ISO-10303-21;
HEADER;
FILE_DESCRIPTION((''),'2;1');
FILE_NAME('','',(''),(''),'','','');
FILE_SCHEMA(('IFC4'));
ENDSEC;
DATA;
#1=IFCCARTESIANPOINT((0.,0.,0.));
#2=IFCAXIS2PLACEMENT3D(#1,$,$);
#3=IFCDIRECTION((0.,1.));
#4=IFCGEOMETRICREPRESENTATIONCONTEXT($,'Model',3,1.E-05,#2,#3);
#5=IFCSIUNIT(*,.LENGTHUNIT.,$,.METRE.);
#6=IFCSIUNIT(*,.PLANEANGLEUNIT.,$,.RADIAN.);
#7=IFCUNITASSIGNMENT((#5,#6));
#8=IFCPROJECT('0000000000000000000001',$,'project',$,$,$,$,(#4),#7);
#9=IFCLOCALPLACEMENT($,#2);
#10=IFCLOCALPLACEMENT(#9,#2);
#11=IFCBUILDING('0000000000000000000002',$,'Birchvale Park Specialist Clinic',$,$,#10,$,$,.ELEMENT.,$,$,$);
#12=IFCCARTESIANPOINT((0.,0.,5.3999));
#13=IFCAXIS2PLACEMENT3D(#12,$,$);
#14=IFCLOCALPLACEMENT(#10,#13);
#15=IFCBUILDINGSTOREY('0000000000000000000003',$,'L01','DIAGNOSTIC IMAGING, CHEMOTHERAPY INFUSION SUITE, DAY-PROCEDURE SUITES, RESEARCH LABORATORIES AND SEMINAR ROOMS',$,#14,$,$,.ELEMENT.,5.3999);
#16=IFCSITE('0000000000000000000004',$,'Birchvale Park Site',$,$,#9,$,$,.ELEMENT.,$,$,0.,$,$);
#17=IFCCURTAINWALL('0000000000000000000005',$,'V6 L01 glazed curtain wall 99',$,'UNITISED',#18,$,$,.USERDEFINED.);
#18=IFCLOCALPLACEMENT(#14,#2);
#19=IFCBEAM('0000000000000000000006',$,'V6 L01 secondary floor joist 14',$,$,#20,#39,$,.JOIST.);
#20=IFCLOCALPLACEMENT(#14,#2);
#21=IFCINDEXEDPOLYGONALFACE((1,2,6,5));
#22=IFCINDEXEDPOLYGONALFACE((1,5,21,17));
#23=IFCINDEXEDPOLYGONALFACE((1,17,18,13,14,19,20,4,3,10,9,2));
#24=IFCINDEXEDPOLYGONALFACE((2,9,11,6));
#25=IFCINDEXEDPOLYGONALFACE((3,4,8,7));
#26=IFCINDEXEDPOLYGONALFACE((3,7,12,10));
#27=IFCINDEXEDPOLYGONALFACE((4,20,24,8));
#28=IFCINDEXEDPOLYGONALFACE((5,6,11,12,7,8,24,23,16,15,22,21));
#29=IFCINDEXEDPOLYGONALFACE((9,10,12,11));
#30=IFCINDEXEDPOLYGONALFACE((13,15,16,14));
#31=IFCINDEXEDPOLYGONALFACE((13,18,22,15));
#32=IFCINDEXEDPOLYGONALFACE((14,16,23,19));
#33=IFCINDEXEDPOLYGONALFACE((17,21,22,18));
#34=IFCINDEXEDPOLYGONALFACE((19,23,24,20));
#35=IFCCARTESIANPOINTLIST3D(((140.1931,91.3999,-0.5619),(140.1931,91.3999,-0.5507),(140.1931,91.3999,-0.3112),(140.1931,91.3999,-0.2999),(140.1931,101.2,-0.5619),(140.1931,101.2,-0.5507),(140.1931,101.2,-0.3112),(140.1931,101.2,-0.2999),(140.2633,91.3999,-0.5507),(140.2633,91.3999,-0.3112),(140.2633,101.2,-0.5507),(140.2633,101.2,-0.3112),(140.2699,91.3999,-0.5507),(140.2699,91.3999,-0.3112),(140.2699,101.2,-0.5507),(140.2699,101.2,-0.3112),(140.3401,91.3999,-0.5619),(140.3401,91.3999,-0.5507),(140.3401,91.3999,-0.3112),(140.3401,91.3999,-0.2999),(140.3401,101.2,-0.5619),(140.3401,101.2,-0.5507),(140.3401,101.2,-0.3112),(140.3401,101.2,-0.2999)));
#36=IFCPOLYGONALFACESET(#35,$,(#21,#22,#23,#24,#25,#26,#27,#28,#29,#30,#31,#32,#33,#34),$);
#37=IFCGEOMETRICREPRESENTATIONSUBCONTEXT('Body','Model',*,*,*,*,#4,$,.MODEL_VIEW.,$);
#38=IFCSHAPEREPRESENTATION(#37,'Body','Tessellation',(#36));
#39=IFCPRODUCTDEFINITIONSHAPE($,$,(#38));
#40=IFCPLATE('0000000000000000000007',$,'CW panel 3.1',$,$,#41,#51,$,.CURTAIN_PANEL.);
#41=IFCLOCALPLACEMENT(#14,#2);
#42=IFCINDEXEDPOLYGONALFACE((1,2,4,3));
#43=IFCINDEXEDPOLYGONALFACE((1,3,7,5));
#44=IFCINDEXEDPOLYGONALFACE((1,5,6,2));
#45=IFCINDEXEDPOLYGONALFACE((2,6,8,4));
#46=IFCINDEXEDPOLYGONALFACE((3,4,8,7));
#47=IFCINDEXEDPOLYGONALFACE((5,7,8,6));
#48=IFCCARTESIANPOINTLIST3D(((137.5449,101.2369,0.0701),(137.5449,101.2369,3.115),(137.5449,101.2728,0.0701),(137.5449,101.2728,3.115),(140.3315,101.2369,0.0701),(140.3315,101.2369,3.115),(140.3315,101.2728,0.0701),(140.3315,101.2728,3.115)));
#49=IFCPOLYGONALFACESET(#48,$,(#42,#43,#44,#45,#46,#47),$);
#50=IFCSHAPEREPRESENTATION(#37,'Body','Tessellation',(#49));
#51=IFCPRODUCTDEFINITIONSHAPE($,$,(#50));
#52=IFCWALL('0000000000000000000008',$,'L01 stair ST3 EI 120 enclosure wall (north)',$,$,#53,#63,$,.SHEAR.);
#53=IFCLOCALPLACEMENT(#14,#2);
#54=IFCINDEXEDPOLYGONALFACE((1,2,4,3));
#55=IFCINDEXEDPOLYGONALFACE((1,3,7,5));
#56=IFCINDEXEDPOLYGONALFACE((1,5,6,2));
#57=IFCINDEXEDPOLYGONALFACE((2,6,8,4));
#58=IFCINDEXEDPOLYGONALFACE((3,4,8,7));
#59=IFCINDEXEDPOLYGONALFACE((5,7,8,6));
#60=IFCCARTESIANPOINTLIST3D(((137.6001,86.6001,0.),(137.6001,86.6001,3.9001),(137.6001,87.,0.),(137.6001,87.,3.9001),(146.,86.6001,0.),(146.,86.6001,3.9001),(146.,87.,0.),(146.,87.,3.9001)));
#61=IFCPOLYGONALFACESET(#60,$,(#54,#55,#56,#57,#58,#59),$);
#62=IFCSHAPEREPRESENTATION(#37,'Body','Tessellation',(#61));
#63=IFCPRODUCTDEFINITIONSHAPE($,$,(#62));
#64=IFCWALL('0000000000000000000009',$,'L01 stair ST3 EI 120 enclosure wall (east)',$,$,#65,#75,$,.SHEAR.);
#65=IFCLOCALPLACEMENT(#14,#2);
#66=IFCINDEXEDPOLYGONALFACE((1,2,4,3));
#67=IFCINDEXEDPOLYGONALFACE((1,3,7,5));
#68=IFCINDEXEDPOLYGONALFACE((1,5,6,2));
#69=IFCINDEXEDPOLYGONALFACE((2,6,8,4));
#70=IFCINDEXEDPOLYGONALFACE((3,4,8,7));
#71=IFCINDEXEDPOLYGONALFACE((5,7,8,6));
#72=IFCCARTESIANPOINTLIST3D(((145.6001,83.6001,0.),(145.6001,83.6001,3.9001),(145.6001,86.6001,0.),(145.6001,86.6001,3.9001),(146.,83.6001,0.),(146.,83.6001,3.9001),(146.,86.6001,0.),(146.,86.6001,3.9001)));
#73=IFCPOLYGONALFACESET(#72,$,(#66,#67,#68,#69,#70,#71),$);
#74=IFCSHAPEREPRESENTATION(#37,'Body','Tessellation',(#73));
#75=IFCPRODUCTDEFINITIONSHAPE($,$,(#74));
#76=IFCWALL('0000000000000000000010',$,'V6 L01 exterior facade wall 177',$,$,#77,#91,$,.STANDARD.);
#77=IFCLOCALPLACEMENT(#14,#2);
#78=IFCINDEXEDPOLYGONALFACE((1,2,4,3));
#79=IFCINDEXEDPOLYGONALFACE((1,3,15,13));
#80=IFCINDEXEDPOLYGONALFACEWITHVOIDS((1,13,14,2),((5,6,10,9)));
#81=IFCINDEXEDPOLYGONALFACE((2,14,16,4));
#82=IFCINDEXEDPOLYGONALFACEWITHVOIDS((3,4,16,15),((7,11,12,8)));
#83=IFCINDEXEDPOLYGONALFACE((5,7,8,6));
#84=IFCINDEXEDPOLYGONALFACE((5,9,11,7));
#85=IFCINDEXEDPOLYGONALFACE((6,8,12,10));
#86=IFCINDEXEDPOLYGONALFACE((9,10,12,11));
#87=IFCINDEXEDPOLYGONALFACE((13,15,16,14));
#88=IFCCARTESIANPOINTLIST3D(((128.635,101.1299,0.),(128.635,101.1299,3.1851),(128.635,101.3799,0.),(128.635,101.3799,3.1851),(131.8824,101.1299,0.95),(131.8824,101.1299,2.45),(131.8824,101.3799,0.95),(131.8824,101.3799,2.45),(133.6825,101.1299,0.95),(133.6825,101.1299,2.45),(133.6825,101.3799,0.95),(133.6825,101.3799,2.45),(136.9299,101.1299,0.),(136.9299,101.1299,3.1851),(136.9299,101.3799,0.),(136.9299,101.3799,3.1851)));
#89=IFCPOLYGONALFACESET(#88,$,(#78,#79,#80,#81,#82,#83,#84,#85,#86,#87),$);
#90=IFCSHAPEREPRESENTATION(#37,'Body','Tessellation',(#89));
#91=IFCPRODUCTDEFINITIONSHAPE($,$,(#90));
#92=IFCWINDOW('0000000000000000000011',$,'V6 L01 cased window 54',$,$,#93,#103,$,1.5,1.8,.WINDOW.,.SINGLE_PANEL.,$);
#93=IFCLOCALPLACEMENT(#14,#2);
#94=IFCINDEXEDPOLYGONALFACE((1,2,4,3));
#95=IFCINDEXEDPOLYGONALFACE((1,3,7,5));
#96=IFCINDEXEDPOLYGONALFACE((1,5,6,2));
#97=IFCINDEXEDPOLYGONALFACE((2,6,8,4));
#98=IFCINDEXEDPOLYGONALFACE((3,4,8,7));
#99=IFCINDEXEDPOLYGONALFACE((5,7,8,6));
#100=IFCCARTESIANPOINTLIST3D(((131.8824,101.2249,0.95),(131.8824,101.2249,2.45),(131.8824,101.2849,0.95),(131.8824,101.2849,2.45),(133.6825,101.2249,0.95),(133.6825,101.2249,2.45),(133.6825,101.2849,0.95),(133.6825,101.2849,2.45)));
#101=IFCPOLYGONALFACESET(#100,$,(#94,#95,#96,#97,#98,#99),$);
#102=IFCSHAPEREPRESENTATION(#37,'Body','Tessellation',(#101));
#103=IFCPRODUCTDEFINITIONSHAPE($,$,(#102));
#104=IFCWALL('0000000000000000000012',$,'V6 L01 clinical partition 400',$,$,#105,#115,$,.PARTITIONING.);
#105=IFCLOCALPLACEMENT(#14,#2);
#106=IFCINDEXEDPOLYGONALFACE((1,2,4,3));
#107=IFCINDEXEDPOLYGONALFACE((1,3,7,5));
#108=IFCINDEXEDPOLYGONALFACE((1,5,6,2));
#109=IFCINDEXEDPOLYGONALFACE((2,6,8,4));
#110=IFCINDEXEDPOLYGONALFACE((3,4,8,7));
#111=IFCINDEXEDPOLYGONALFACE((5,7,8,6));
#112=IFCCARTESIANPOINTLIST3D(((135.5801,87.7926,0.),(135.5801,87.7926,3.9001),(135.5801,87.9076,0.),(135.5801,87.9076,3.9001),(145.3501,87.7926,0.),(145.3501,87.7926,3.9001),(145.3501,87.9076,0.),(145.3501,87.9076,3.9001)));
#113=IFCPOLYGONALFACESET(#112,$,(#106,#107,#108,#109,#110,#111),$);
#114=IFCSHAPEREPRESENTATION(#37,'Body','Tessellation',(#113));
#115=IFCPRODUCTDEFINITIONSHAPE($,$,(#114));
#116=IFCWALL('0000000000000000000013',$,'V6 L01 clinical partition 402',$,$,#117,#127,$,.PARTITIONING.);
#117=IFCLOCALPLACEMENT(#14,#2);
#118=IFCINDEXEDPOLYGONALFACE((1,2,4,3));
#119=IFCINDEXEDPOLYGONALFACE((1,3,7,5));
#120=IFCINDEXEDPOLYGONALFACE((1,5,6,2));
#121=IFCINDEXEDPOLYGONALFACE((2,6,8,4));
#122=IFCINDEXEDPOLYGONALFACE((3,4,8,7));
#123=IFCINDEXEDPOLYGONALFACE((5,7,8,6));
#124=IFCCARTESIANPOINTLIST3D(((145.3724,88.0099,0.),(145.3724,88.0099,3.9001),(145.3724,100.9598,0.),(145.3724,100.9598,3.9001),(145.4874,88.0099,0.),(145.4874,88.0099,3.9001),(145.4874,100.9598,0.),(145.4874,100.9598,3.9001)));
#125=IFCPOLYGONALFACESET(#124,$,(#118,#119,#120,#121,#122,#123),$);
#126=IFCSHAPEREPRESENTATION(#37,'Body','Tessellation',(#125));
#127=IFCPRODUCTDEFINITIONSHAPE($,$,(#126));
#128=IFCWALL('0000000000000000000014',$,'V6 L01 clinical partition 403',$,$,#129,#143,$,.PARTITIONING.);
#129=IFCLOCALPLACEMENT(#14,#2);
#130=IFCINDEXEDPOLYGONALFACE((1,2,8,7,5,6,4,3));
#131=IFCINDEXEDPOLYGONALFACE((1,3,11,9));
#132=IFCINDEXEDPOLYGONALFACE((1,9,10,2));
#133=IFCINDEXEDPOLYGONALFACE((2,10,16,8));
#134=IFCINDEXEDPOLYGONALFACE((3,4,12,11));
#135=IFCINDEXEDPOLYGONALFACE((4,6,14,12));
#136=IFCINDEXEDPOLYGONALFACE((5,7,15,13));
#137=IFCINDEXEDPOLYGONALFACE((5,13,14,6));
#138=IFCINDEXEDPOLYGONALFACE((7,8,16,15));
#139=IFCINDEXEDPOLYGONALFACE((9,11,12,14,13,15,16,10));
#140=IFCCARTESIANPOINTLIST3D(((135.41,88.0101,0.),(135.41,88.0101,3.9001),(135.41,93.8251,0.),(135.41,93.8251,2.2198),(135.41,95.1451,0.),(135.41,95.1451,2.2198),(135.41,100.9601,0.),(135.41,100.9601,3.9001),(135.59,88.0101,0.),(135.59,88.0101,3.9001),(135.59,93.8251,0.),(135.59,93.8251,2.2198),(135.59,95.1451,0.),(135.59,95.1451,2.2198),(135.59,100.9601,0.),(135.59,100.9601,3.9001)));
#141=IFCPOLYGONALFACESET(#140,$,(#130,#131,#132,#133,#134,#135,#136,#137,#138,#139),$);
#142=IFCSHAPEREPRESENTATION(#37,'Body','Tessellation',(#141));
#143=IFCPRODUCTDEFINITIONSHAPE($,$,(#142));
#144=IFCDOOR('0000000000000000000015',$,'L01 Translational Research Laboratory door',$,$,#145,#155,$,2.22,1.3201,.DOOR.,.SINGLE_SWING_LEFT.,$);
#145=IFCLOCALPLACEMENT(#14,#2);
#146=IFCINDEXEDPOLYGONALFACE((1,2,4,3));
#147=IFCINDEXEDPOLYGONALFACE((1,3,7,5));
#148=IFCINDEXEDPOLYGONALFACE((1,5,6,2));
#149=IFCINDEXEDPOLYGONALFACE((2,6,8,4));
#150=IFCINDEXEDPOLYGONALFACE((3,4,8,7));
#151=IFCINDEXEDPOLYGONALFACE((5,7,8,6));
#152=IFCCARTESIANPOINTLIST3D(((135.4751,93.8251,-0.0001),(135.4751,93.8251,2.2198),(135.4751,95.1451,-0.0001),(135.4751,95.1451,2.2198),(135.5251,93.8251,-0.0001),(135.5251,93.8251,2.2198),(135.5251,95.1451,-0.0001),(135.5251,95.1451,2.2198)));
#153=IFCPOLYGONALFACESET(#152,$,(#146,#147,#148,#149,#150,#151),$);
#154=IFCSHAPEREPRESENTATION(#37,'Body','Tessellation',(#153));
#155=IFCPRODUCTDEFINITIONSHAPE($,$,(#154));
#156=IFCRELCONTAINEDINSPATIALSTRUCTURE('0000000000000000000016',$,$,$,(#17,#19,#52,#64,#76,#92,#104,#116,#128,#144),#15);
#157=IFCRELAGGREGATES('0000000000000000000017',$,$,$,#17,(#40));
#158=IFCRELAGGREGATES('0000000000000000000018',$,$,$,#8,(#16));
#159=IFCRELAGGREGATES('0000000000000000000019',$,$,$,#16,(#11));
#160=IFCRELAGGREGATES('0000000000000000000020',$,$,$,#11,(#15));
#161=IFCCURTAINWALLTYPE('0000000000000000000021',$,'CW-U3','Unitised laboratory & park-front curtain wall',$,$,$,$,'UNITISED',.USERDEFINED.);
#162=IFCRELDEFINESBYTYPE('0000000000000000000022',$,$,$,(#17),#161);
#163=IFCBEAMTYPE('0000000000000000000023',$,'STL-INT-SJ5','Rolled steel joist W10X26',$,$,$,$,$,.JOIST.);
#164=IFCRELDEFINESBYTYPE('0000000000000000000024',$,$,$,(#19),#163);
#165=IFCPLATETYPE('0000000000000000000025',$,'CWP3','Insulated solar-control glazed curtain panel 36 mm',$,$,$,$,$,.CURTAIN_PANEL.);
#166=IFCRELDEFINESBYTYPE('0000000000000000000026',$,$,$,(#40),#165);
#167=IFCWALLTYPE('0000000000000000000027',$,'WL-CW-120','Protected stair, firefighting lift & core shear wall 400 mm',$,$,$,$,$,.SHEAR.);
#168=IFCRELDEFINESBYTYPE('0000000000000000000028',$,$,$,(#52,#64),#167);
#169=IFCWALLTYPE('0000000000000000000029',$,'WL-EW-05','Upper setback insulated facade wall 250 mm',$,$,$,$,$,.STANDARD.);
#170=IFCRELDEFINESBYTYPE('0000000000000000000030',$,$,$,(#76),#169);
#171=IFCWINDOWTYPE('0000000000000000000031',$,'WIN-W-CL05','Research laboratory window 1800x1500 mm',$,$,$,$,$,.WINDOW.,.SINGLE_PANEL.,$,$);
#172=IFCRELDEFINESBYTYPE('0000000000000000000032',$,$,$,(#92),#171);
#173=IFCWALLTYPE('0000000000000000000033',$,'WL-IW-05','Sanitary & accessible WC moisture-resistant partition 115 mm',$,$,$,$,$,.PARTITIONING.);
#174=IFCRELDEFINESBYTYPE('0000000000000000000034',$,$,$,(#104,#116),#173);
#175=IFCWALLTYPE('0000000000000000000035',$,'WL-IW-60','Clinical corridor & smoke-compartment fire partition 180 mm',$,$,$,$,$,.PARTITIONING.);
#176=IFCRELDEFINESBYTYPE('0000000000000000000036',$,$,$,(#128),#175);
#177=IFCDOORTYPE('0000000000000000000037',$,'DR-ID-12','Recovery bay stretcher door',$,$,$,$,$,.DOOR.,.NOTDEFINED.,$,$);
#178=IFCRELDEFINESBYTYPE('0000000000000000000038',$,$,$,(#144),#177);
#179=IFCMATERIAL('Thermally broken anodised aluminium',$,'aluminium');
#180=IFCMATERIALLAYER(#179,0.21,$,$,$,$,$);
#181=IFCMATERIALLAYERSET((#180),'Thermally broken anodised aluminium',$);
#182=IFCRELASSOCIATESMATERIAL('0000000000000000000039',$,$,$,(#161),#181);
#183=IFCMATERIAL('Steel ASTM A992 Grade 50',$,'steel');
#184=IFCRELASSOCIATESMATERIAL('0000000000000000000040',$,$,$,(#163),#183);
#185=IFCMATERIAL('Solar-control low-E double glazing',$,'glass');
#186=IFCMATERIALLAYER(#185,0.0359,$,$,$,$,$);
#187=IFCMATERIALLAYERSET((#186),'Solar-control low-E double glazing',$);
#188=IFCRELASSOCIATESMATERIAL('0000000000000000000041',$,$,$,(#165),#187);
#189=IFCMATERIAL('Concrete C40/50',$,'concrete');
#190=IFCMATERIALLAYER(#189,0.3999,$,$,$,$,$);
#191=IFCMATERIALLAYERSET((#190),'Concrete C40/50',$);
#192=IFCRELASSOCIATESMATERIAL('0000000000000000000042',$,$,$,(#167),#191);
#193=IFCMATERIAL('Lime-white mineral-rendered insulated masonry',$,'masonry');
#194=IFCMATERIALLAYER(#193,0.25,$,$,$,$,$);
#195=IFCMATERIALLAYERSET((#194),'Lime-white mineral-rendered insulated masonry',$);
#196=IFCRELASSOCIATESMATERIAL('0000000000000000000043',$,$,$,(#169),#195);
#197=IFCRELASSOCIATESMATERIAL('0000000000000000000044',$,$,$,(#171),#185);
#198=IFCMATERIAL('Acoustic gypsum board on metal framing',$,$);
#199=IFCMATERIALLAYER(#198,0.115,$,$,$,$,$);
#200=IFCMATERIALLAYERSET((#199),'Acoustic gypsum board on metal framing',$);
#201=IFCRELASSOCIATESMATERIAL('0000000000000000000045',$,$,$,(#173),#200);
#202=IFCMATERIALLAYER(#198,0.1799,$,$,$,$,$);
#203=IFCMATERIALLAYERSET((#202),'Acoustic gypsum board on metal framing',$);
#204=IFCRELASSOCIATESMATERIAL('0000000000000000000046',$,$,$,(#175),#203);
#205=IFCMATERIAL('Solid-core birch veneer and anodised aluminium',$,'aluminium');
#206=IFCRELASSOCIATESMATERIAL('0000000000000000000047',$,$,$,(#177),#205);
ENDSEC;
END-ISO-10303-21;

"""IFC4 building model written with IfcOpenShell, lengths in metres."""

from ifc_helpers import new_model, si_unit, direction, frame, frame_2d, origin, origin_2d, place, context, subcontext, project, spatial, rectangle, i_section, extrude, material, layer, layer_set, material_profile, profile_set, type_object, element, fill, aggregate, save


model = new_model("IFC4")

# Units and contexts
model_context = context("Model", 3, precision=1e-05, world=origin(), true_north=direction((0.0, 1.0)))
body_context = subcontext(model_context, "Body", "Model", "MODEL_VIEW")
ifc_project = project(units=[si_unit("LENGTHUNIT", "METRE"), si_unit("PLANEANGLEUNIT", "RADIAN")], contexts=[model_context])

# Site, building, storey
site_placement = place(None, origin())
site = spatial("IfcSite", under=ifc_project, at=site_placement, Name="Birchvale Park Site", CompositionType="ELEMENT", RefElevation=0.0)
building_placement = place(site_placement, origin())
building = spatial("IfcBuilding", under=site, at=building_placement, Name="Birchvale Park Specialist Clinic", CompositionType="ELEMENT")
storey_placement = place(building_placement, frame((0.0, 0.0, 5.3999)))
storey = spatial("IfcBuildingStorey", under=building, at=storey_placement, Name="L01", Description="DIAGNOSTIC IMAGING, CHEMOTHERAPY INFUSION SUITE, DAY-PROCEDURE SUITES, RESEARCH LABORATORIES AND SEMINAR ROOMS", CompositionType="ELEMENT", Elevation=5.3999)

# Shared definitions
ifc_material_1 = material(Name="Concrete C40/50", Category="concrete")

# Curtain wall
ifc_material_2 = material(Name="Thermally broken anodised aluminium", Category="aluminium")
ifc_layer_1 = layer(ifc_material_2, 0.21)
ifc_layer_set_1 = layer_set([ifc_layer_1], Name="Thermally broken anodised aluminium")
curtain_wall_type = type_object("IfcCurtainWallType", Name="CW-U3", Description="Unitised laboratory & park-front curtain wall", ElementType="UNITISED", PredefinedType="USERDEFINED", material=ifc_layer_set_1)
curtain_wall_placement = place(storey_placement, origin())
curtain_wall = element("IfcCurtainWall", 1, at=curtain_wall_placement, inside=storey, type_object=curtain_wall_type, Name="V6 L01 glazed curtain wall 99", ObjectType="UNITISED", PredefinedType="USERDEFINED")

# Beam
ifc_material_3 = material(Name="Steel ASTM A992 Grade 50", Category="steel")
ifc_material_profile_1 = material_profile(ifc_material_3, i_section(OverallWidth=0.147, OverallDepth=0.262, WebThickness=0.0066, FlangeThickness=0.0112, at=origin_2d()), Name="W10X26")
ifc_profile_set_1 = profile_set([ifc_material_profile_1], Name="Steel ASTM A992 Grade 50")
beam_type_1 = type_object("IfcBeamType", Name="STL-INT-SJ5", Description="Rolled steel joist W10X26", PredefinedType="JOIST", material=ifc_profile_set_1)
beam_1_placement = place(storey_placement, frame((140.2666, 91.3999, -0.4309), z_axis=(0.0, 1.0, 0.0), x_axis=(-1.0, 0.0, 0.0)))
element("IfcBeam", 2, at=beam_1_placement, inside=storey, type_object=beam_type_1, Name="V6 L01 secondary floor joist 14", PredefinedType="JOIST", context=body_context, shape_type="SweptSolid", body=[
    extrude(i_section(OverallWidth=0.147, OverallDepth=0.262, WebThickness=0.0066, FlangeThickness=0.0112, at=origin_2d()), origin(), (0.0, 0.0, 1.0), 9.8),
])

# Plate
ifc_material_4 = material(Name="Solar-control low-E double glazing", Category="glass")
ifc_layer_2 = layer(ifc_material_4, 0.0359)
ifc_layer_set_2 = layer_set([ifc_layer_2], Name="Solar-control low-E double glazing")
plate_type = type_object("IfcPlateType", Name="CWP3", Description="Insulated solar-control glazed curtain panel 36 mm", PredefinedType="CURTAIN_PANEL", material=ifc_layer_set_2)
plate_placement = place(storey_placement, frame((138.9382, 101.2549, 0.0701), z_axis=(0.0, 0.0, 1.0), x_axis=(-1.0, 0.0, 0.0)))
plate = element("IfcPlate", 3, at=plate_placement, type_object=plate_type, Name="CW panel 3.1", PredefinedType="CURTAIN_PANEL", context=body_context, shape_type="SweptSolid", body=[
    extrude(rectangle(XDim=2.7866, YDim=0.0359, at=origin_2d()), origin(), (0.0, 0.0, 1.0), 3.0449),
])
aggregate(curtain_wall, [plate])

# Walls
ifc_layer_3 = layer(ifc_material_1, 0.3999)
ifc_layer_set_3 = layer_set([ifc_layer_3], Name="Concrete C40/50")
wall_type_1 = type_object("IfcWallType", Name="WL-CW-120", Description="Protected stair, firefighting lift & core shear wall 400 mm", PredefinedType="SHEAR", material=ifc_layer_set_3)
wall_1_placement = place(storey_placement, frame((146.0, 86.8, 0.0), z_axis=(0.0, 0.0, 1.0), x_axis=(-1.0, 0.0, 0.0)))
element("IfcWall", 4, at=wall_1_placement, inside=storey, type_object=wall_type_1, Name="L01 stair ST3 EI 120 enclosure wall (north)", PredefinedType="SHEAR", context=body_context, shape_type="SweptSolid", body=[
    extrude(rectangle(XDim=8.3999, YDim=0.3999, at=frame_2d((4.2, 0.0))), origin(), (0.0, 0.0, 1.0), 3.9001),
])
wall_2_placement = place(storey_placement, frame((145.8, 86.6001, 0.0), z_axis=(0.0, 0.0, 1.0), x_axis=(0.0, -1.0, 0.0)))
element("IfcWall", 5, at=wall_2_placement, inside=storey, type_object=wall_type_1, Name="L01 stair ST3 EI 120 enclosure wall (east)", PredefinedType="SHEAR", context=body_context, shape_type="SweptSolid", body=[
    extrude(rectangle(XDim=3.0, YDim=0.3999, at=frame_2d((1.5, 0.0))), origin(), (0.0, 0.0, 1.0), 3.9001),
])

# Wall, opening, window
ifc_material_5 = material(Name="Lime-white mineral-rendered insulated masonry", Category="masonry")
ifc_layer_4 = layer(ifc_material_5, 0.25)
ifc_layer_set_4 = layer_set([ifc_layer_4], Name="Lime-white mineral-rendered insulated masonry")
wall_type_2 = type_object("IfcWallType", Name="WL-EW-05", Description="Upper setback insulated facade wall 250 mm", PredefinedType="STANDARD", material=ifc_layer_set_4)
wall_3_placement = place(storey_placement, frame((136.9299, 101.2549, 0.0), z_axis=(0.0, 0.0, 1.0), x_axis=(-1.0, 0.0, 0.0)))
wall_3 = element("IfcWall", 6, at=wall_3_placement, inside=storey, type_object=wall_type_2, Name="V6 L01 exterior facade wall 177", PredefinedType="STANDARD", context=body_context, shape_type="SweptSolid", body=[
    extrude(rectangle(XDim=8.2949, YDim=0.25, at=frame_2d((4.1475, 0.0))), origin(), (0.0, 0.0, 1.0), 3.1851),
])
opening_1_placement = place(wall_3_placement, frame((3.2476, 0.0, 0.95)))
opening_1 = element("IfcOpeningElement", 7, at=opening_1_placement, cuts=wall_3, PredefinedType="OPENING", context=body_context, shape_type="SweptSolid", body=[
    extrude(rectangle(XDim=1.8, YDim=1.5, at=frame_2d((0.8999, 0.75))), frame((0.0, 0.135, 0.0), z_axis=(0.0, -1.0, 0.0), x_axis=(1.0, 0.0, 0.0)), (0.0, 0.0, 1.0), 0.27),
])
window_type = type_object("IfcWindowType", Name="WIN-W-CL05", Description="Research laboratory window 1800x1500 mm", PartitioningType="SINGLE_PANEL", PredefinedType="WINDOW", material=ifc_material_4)
window_placement = place(opening_1_placement, origin())
window = element("IfcWindow", 8, at=window_placement, inside=storey, type_object=window_type, Name="V6 L01 cased window 54", OverallHeight=1.5, OverallWidth=1.8, PartitioningType="SINGLE_PANEL", PredefinedType="WINDOW", context=body_context, shape_type="SweptSolid", body=[
    extrude(rectangle(XDim=1.8, YDim=1.5, at=frame_2d((0.8999, 0.75))), frame((0.0, 0.03, 0.0), z_axis=(0.0, -1.0, 0.0), x_axis=(1.0, 0.0, 0.0)), (0.0, 0.0, 1.0), 0.0601),
])
fill(opening_1, window)

# Walls
ifc_material_6 = material(Name="Acoustic gypsum board on metal framing")
ifc_layer_5 = layer(ifc_material_6, 0.115)
ifc_layer_set_5 = layer_set([ifc_layer_5], Name="Acoustic gypsum board on metal framing")
wall_type_3 = type_object("IfcWallType", Name="WL-IW-05", Description="Sanitary & accessible WC moisture-resistant partition 115 mm", PredefinedType="PARTITIONING", material=ifc_layer_set_5)
wall_4_placement = place(storey_placement, frame((135.5801, 87.8501, 0.0), z_axis=(0.0, 0.0, 1.0), x_axis=(1.0, 0.0, 0.0)))
element("IfcWall", 9, at=wall_4_placement, inside=storey, type_object=wall_type_3, Name="V6 L01 clinical partition 400", PredefinedType="PARTITIONING", context=body_context, shape_type="SweptSolid", body=[
    extrude(rectangle(XDim=9.77, YDim=0.115, at=frame_2d((4.885, 0.0))), origin(), (0.0, 0.0, 1.0), 3.9001),
])
wall_5_placement = place(storey_placement, frame((145.4299, 100.96, 0.0), z_axis=(0.0, 0.0, 1.0), x_axis=(0.0, -1.0, 0.0)))
element("IfcWall", 10, at=wall_5_placement, inside=storey, type_object=wall_type_3, Name="V6 L01 clinical partition 402", PredefinedType="PARTITIONING", context=body_context, shape_type="SweptSolid", body=[
    extrude(rectangle(XDim=12.95, YDim=0.115, at=frame_2d((6.4751, 0.0))), origin(), (0.0, 0.0, 1.0), 3.9001),
])

# Wall, opening, door
ifc_layer_6 = layer(ifc_material_6, 0.1799)
ifc_layer_set_6 = layer_set([ifc_layer_6], Name="Acoustic gypsum board on metal framing")
wall_type_4 = type_object("IfcWallType", Name="WL-IW-60", Description="Clinical corridor & smoke-compartment fire partition 180 mm", PredefinedType="PARTITIONING", material=ifc_layer_set_6)
wall_6_placement = place(storey_placement, frame((135.5, 88.01, 0.0), z_axis=(0.0, 0.0, 1.0), x_axis=(0.0, 1.0, 0.0)))
wall_6 = element("IfcWall", 11, at=wall_6_placement, inside=storey, type_object=wall_type_4, Name="V6 L01 clinical partition 403", PredefinedType="PARTITIONING", context=body_context, shape_type="SweptSolid", body=[
    extrude(rectangle(XDim=12.95, YDim=0.1799, at=frame_2d((6.4751, 0.0))), origin(), (0.0, 0.0, 1.0), 3.9001),
])
opening_2_placement = place(wall_6_placement, frame((5.8149, 0.0, 0.0)))
opening_2 = element("IfcOpeningElement", 12, at=opening_2_placement, cuts=wall_6, PredefinedType="OPENING", context=body_context, shape_type="SweptSolid", body=[
    extrude(rectangle(XDim=1.3201, YDim=2.22, at=frame_2d((0.6602, 1.1099))), frame((0.0, 0.1001, 0.0), z_axis=(0.0, -1.0, 0.0), x_axis=(1.0, 0.0, 0.0)), (0.0, 0.0, 1.0), 0.2),
])
ifc_material_7 = material(Name="Solid-core birch veneer and anodised aluminium", Category="aluminium")
door_type = type_object("IfcDoorType", Name="DR-ID-12", Description="Recovery bay stretcher door", OperationType="NOTDEFINED", PredefinedType="DOOR", material=ifc_material_7)
door_placement = place(opening_2_placement, origin())
door = element("IfcDoor", 13, at=door_placement, inside=storey, type_object=door_type, Name="L01 Translational Research Laboratory door", OperationType="SINGLE_SWING_LEFT", OverallHeight=2.22, OverallWidth=1.3201, PredefinedType="DOOR", context=body_context, shape_type="SweptSolid", body=[
    extrude(rectangle(XDim=1.3201, YDim=2.22, at=frame_2d((0.6602, 1.1099))), frame((0.0, 0.0249, 0.0), z_axis=(0.0, -1.0, 0.0), x_axis=(1.0, 0.0, 0.0)), (0.0, 0.0, 1.0), 0.05),
])
fill(opening_2, door)

save(model, "model.ifc")
